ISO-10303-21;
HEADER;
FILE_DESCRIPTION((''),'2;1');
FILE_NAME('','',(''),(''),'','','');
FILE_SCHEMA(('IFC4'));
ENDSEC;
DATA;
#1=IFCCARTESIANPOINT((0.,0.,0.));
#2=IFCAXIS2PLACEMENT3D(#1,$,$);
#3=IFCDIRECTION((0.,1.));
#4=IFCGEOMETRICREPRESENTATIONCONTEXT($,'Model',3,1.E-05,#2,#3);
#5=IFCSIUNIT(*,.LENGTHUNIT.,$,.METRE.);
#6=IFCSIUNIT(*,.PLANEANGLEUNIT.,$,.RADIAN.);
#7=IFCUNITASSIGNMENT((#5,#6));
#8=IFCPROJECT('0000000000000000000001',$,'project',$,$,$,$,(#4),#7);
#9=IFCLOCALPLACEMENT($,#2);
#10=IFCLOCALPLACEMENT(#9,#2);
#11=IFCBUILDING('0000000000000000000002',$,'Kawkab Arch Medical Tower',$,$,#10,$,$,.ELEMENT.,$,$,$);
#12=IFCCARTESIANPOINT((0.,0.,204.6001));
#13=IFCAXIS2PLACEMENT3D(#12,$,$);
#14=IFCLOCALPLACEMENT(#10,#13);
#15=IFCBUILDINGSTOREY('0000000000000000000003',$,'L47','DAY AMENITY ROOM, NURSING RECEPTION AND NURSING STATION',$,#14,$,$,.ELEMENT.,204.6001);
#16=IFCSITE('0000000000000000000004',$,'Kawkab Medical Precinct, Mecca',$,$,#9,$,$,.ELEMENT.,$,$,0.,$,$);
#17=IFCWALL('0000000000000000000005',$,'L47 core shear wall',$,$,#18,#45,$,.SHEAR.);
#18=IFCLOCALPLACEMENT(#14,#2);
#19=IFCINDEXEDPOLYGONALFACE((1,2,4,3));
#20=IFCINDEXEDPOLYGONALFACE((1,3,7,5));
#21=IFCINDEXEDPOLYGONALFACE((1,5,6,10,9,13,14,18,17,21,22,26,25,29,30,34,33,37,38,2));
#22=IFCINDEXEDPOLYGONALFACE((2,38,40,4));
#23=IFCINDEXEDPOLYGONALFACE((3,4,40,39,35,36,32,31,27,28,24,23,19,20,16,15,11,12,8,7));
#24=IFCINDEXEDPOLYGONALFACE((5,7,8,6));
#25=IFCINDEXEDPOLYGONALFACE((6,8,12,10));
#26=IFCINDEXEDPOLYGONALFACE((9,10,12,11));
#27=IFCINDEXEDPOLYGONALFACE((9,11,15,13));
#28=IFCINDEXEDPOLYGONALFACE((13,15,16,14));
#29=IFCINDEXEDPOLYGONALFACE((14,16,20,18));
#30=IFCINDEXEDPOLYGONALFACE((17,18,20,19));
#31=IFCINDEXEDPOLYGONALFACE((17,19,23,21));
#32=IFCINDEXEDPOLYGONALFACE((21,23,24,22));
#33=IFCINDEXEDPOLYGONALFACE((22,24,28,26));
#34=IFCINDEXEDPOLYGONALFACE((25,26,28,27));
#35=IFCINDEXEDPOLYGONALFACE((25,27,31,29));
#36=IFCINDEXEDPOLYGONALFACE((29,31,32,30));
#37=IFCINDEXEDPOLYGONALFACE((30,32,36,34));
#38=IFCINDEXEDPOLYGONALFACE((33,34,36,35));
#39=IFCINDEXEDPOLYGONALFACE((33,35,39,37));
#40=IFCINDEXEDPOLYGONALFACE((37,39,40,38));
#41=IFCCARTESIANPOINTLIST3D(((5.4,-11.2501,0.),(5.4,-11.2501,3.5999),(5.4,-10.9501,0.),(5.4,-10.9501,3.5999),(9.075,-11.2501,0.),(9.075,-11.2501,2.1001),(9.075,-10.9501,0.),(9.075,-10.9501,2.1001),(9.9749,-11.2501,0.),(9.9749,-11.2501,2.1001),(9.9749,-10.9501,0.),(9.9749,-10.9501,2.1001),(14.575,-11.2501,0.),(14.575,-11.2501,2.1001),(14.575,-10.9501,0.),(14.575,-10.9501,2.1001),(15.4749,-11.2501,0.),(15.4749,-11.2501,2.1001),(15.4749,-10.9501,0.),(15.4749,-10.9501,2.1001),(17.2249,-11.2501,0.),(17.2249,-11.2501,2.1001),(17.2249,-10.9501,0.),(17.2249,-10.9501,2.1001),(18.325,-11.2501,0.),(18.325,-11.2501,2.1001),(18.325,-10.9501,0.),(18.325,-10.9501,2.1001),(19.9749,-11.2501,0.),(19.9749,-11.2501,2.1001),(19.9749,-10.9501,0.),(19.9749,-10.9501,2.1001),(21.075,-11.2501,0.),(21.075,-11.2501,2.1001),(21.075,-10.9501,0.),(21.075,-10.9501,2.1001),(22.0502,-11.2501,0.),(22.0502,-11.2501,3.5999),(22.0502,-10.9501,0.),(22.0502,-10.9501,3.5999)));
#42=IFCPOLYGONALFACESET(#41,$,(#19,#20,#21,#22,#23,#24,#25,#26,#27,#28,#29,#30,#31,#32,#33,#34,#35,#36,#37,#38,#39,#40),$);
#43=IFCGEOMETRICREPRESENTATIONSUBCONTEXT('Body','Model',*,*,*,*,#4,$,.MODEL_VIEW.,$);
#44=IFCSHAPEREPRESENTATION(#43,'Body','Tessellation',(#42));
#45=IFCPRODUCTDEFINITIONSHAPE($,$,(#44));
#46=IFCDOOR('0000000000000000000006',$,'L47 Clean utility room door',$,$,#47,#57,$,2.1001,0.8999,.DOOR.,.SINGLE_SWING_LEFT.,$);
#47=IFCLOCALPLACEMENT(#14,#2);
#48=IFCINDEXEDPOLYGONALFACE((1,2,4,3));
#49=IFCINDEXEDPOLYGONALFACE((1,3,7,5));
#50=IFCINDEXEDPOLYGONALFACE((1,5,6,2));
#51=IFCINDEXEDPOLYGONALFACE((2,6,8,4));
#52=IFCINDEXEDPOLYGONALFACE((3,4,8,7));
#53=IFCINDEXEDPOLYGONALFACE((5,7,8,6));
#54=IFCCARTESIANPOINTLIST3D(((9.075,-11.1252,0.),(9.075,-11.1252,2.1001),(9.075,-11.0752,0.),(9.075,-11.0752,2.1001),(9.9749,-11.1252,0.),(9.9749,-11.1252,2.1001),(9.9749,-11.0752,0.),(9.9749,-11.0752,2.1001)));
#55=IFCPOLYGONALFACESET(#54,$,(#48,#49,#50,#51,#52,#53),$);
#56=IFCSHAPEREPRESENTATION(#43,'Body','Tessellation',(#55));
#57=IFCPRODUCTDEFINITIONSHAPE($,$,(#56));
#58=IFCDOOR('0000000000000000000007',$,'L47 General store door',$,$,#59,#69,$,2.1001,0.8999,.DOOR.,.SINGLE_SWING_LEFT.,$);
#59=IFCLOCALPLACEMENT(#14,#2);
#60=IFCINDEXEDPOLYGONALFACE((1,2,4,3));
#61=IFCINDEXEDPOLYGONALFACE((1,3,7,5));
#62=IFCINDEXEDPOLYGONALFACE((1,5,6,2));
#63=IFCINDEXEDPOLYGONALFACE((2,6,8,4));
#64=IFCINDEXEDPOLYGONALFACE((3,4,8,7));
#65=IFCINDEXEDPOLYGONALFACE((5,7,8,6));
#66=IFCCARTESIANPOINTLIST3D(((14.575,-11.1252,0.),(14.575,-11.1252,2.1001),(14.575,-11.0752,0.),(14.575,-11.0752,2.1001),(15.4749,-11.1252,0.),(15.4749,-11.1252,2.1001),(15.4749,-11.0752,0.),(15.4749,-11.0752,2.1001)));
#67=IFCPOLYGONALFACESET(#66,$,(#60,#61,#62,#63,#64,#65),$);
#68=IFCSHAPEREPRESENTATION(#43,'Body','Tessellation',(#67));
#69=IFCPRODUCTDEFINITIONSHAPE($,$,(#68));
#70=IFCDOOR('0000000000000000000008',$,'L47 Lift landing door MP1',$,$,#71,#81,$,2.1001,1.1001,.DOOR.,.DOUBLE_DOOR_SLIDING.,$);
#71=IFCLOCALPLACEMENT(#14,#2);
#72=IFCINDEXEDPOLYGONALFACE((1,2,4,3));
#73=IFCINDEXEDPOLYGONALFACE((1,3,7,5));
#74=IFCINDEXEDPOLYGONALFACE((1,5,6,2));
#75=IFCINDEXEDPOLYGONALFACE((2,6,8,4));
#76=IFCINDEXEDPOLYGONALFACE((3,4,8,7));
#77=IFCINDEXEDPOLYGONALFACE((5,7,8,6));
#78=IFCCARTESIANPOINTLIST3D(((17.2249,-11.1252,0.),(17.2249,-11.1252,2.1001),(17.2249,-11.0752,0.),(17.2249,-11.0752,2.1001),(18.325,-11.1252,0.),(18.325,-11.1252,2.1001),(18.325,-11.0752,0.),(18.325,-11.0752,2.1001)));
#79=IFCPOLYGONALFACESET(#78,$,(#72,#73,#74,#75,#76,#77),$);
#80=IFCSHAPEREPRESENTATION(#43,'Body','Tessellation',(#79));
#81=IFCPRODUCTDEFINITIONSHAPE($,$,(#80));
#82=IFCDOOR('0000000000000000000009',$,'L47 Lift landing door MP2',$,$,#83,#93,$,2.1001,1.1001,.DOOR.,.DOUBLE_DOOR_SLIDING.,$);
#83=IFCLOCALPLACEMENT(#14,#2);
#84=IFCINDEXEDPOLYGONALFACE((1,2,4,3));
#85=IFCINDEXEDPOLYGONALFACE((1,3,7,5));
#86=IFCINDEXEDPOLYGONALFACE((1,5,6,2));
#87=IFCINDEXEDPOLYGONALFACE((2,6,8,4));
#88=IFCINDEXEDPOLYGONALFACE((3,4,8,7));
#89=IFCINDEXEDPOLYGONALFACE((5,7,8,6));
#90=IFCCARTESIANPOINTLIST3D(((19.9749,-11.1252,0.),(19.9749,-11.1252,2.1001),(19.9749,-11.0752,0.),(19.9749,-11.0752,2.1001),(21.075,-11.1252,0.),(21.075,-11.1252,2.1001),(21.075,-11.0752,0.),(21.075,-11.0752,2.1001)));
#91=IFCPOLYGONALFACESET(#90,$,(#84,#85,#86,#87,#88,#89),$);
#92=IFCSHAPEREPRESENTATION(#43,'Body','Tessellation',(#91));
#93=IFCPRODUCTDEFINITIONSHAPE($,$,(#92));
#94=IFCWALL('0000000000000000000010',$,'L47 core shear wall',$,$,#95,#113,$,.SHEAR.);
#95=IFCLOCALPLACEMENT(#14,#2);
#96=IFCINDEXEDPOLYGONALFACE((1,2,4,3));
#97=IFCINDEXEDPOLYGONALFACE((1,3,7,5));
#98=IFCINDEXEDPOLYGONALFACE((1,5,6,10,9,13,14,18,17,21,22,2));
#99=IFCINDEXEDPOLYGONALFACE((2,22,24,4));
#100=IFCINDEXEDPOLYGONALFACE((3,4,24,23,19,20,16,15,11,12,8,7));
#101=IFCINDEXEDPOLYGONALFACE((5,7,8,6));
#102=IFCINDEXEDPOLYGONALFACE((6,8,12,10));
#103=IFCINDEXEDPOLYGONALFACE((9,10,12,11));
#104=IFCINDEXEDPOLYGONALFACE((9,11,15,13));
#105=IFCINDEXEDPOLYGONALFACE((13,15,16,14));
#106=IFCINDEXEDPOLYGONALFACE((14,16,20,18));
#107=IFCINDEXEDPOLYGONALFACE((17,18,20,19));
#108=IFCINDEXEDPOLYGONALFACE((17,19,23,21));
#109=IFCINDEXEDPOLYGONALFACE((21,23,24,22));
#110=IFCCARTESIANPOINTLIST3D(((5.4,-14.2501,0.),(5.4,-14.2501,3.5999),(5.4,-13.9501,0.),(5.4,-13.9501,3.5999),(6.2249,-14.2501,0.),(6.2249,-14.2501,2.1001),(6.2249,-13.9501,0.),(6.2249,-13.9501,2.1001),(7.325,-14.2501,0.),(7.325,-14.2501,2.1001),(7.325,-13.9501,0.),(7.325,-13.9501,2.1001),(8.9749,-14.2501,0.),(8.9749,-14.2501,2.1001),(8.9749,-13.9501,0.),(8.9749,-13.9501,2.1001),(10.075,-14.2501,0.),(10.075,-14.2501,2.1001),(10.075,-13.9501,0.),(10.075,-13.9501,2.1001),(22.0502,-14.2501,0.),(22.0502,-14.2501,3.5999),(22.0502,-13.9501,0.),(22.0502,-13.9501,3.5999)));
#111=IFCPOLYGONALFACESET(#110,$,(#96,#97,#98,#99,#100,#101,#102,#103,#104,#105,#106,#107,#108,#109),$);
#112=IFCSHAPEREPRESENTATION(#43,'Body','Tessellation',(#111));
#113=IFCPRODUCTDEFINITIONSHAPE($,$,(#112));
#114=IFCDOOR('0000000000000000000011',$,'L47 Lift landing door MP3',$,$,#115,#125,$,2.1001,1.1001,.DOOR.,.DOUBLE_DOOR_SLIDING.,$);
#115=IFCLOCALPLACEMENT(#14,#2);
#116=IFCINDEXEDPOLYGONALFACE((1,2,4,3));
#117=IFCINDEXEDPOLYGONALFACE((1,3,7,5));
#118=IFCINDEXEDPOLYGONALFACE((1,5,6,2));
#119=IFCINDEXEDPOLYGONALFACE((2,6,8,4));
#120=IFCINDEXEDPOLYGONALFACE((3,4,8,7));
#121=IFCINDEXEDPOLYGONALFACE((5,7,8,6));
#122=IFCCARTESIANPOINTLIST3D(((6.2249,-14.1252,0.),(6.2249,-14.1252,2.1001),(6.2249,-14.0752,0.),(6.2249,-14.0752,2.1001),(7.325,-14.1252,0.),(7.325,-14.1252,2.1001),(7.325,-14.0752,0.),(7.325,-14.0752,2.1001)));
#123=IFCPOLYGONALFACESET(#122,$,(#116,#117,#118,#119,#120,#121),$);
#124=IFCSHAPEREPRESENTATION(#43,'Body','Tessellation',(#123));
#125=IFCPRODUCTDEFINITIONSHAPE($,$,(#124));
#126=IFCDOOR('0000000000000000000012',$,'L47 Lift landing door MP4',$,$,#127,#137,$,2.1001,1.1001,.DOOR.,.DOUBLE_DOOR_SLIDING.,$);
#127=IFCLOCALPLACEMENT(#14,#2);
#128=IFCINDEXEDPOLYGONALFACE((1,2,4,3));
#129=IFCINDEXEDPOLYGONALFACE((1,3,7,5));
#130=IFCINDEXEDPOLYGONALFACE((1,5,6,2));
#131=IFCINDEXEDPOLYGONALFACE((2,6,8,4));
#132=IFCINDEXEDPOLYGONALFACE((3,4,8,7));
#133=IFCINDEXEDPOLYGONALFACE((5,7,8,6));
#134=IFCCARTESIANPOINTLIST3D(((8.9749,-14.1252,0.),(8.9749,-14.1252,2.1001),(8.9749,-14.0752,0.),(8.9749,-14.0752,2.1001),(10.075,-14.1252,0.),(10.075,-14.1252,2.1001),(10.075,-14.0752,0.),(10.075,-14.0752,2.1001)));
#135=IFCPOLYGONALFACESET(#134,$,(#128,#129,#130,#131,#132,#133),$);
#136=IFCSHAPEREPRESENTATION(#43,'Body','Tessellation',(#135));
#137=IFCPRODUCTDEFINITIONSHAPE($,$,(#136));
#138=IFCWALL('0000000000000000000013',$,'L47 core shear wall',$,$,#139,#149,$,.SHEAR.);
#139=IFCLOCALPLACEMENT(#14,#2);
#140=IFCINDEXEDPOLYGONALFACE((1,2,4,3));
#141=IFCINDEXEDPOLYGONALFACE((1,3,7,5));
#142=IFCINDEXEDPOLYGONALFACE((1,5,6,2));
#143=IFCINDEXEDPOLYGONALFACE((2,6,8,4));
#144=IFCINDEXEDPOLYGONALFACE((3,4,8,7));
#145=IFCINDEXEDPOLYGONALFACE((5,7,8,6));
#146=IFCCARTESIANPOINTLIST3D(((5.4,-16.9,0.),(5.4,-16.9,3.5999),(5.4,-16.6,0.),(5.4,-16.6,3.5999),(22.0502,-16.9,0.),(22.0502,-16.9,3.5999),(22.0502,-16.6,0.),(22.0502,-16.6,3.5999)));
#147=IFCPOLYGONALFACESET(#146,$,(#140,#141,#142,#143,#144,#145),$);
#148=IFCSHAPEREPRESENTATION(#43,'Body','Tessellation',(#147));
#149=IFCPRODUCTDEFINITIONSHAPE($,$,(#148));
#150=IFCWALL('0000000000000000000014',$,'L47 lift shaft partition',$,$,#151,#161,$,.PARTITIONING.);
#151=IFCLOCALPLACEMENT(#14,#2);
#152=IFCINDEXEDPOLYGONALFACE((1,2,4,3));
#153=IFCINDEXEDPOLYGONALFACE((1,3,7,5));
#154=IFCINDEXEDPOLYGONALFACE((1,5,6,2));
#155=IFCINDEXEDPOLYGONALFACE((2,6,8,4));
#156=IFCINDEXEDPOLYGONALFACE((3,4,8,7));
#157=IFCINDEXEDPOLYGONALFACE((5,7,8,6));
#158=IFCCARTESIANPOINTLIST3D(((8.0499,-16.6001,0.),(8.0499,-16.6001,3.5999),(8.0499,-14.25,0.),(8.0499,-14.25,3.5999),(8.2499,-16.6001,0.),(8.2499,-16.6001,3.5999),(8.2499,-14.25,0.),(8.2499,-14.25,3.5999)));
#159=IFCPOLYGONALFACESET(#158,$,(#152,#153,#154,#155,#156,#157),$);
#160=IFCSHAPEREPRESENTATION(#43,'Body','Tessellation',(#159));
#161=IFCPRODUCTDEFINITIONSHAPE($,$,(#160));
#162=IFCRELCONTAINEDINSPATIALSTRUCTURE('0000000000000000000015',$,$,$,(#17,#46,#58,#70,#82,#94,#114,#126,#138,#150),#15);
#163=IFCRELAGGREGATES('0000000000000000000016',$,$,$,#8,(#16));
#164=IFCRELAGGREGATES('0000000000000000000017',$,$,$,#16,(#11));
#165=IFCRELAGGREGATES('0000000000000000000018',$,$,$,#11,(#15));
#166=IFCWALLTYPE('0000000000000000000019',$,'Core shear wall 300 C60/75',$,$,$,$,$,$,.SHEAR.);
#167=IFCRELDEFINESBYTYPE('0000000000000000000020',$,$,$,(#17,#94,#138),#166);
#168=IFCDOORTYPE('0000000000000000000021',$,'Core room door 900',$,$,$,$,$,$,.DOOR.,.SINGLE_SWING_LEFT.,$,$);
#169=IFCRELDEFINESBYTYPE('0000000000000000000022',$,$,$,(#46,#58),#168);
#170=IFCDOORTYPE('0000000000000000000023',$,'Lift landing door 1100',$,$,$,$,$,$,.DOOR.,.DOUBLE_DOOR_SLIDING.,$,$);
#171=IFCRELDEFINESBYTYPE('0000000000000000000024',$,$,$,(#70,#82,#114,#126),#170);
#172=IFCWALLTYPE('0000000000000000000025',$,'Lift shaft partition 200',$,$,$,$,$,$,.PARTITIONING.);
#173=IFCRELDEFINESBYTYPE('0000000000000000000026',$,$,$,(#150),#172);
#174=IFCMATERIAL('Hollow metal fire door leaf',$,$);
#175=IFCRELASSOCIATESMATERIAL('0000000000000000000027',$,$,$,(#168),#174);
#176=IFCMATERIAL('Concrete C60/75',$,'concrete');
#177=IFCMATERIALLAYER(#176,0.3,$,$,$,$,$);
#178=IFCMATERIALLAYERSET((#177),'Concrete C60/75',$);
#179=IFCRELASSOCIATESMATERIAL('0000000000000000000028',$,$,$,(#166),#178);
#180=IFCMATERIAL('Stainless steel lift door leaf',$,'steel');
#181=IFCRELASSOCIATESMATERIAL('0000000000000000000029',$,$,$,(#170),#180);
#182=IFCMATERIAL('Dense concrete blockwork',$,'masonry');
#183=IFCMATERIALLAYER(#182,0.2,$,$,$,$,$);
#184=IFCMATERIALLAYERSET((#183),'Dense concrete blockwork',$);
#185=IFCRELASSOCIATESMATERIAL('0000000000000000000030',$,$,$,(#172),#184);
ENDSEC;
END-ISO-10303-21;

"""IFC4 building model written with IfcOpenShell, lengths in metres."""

from ifc_helpers import new_model, si_unit, direction, frame, frame_2d, origin, place, context, subcontext, project, spatial, rectangle, extrude, material, layer, layer_set, type_object, element, fill, save


model = new_model("IFC4")

# Units and contexts
model_context = context("Model", 3, precision=1e-05, world=origin(), true_north=direction((0.0, 1.0)))
body_context = subcontext(model_context, "Body", "Model", "MODEL_VIEW")
ifc_project = project(units=[si_unit("LENGTHUNIT", "METRE"), si_unit("PLANEANGLEUNIT", "RADIAN")], contexts=[model_context])

# Site, building, storey
site_placement = place(None, origin())
site = spatial("IfcSite", under=ifc_project, at=site_placement, Name="Kawkab Medical Precinct, Mecca", CompositionType="ELEMENT", RefElevation=0.0)
building_placement = place(site_placement, origin())
building = spatial("IfcBuilding", under=site, at=building_placement, Name="Kawkab Arch Medical Tower", CompositionType="ELEMENT")
storey_placement = place(building_placement, frame((0.0, 0.0, 204.6001)))
storey = spatial("IfcBuildingStorey", under=building, at=storey_placement, Name="L47", Description="DAY AMENITY ROOM, NURSING RECEPTION AND NURSING STATION", CompositionType="ELEMENT", Elevation=204.6001)

# Shared definitions
ifc_material_1 = material(Name="Hollow metal fire door leaf")
door_type_1 = type_object("IfcDoorType", Name="Core room door 900", OperationType="SINGLE_SWING_LEFT", PredefinedType="DOOR", material=ifc_material_1)

# Shared definitions
ifc_material_2 = material(Name="Concrete C60/75", Category="concrete")
ifc_layer_1 = layer(ifc_material_2, 0.3)
ifc_layer_set_1 = layer_set([ifc_layer_1], Name="Concrete C60/75")
wall_type_1 = type_object("IfcWallType", Name="Core shear wall 300 C60/75", PredefinedType="SHEAR", material=ifc_layer_set_1)

# Walls, openings, doors
wall_1_placement = place(storey_placement, frame((5.3999, -11.1001, 0.0), z_axis=(0.0, 0.0, 1.0), x_axis=(1.0, 0.0, 0.0)))
wall_1 = element("IfcWall", 1, at=wall_1_placement, inside=storey, type_object=wall_type_1, Name="L47 core shear wall", PredefinedType="SHEAR", context=body_context, shape_type="SweptSolid", body=[
    extrude(rectangle(XDim=16.6501, YDim=0.3, at=frame_2d((8.3252, 0.0))), origin(), (0.0, 0.0, 1.0), 3.5999),
])
opening_1_placement = place(wall_1_placement, frame((11.825, 0.0, 0.0)))
opening_1 = element("IfcOpeningElement", 2, at=opening_1_placement, cuts=wall_1, PredefinedType="OPENING", context=body_context, shape_type="SweptSolid", body=[
    extrude(rectangle(XDim=1.1001, YDim=2.1001, at=frame_2d((0.55, 1.05))), frame((0.0, 0.1599, 0.0), z_axis=(0.0, -1.0, 0.0), x_axis=(1.0, 0.0, 0.0)), (0.0, 0.0, 1.0), 0.3201),
])
opening_2_placement = place(wall_1_placement, frame((14.575, 0.0, 0.0)))
opening_2 = element("IfcOpeningElement", 3, at=opening_2_placement, cuts=wall_1, PredefinedType="OPENING", context=body_context, shape_type="SweptSolid", body=[
    extrude(rectangle(XDim=1.1001, YDim=2.1001, at=frame_2d((0.55, 1.05))), frame((0.0, 0.1599, 0.0), z_axis=(0.0, -1.0, 0.0), x_axis=(1.0, 0.0, 0.0)), (0.0, 0.0, 1.0), 0.3201),
])
opening_3_placement = place(wall_1_placement, frame((3.675, 0.0, 0.0)))
opening_3 = element("IfcOpeningElement", 4, at=opening_3_placement, cuts=wall_1, PredefinedType="OPENING", context=body_context, shape_type="SweptSolid", body=[
    extrude(rectangle(XDim=0.8999, YDim=2.1001, at=frame_2d((0.45, 1.05))), frame((0.0, 0.1599, 0.0), z_axis=(0.0, -1.0, 0.0), x_axis=(1.0, 0.0, 0.0)), (0.0, 0.0, 1.0), 0.3201),
])
opening_4_placement = place(wall_1_placement, frame((9.175, 0.0, 0.0)))
opening_4 = element("IfcOpeningElement", 5, at=opening_4_placement, cuts=wall_1, PredefinedType="OPENING", context=body_context, shape_type="SweptSolid", body=[
    extrude(rectangle(XDim=0.8999, YDim=2.1001, at=frame_2d((0.45, 1.05))), frame((0.0, 0.1599, 0.0), z_axis=(0.0, -1.0, 0.0), x_axis=(1.0, 0.0, 0.0)), (0.0, 0.0, 1.0), 0.3201),
])
door_1_placement = place(opening_3_placement, origin())
door_1 = element("IfcDoor", 6, at=door_1_placement, inside=storey, type_object=door_type_1, Name="L47 Clean utility room door", OperationType="SINGLE_SWING_LEFT", OverallHeight=2.1001, OverallWidth=0.8999, PredefinedType="DOOR", context=body_context, shape_type="SweptSolid", body=[
    extrude(rectangle(XDim=0.8999, YDim=2.1001, at=frame_2d((0.45, 1.05))), frame((0.0, 0.0249, 0.0), z_axis=(0.0, -1.0, 0.0), x_axis=(1.0, 0.0, 0.0)), (0.0, 0.0, 1.0), 0.05),
])
fill(opening_3, door_1)
door_2_placement = place(opening_4_placement, origin())
door_2 = element("IfcDoor", 7, at=door_2_placement, inside=storey, type_object=door_type_1, Name="L47 General store door", OperationType="SINGLE_SWING_LEFT", OverallHeight=2.1001, OverallWidth=0.8999, PredefinedType="DOOR", context=body_context, shape_type="SweptSolid", body=[
    extrude(rectangle(XDim=0.8999, YDim=2.1001, at=frame_2d((0.45, 1.05))), frame((0.0, 0.0249, 0.0), z_axis=(0.0, -1.0, 0.0), x_axis=(1.0, 0.0, 0.0)), (0.0, 0.0, 1.0), 0.05),
])
fill(opening_4, door_2)
ifc_material_3 = material(Name="Stainless steel lift door leaf", Category="steel")
door_type_2 = type_object("IfcDoorType", Name="Lift landing door 1100", OperationType="DOUBLE_DOOR_SLIDING", PredefinedType="DOOR", material=ifc_material_3)
door_3_placement = place(opening_1_placement, origin())
door_3 = element("IfcDoor", 8, at=door_3_placement, inside=storey, type_object=door_type_2, Name="L47 Lift landing door MP1", OperationType="DOUBLE_DOOR_SLIDING", OverallHeight=2.1001, OverallWidth=1.1001, PredefinedType="DOOR", context=body_context, shape_type="SweptSolid", body=[
    extrude(rectangle(XDim=1.1001, YDim=2.1001, at=frame_2d((0.55, 1.05))), frame((0.0, 0.0249, 0.0), z_axis=(0.0, -1.0, 0.0), x_axis=(1.0, 0.0, 0.0)), (0.0, 0.0, 1.0), 0.05),
])
fill(opening_1, door_3)
door_4_placement = place(opening_2_placement, origin())
door_4 = element("IfcDoor", 9, at=door_4_placement, inside=storey, type_object=door_type_2, Name="L47 Lift landing door MP2", OperationType="DOUBLE_DOOR_SLIDING", OverallHeight=2.1001, OverallWidth=1.1001, PredefinedType="DOOR", context=body_context, shape_type="SweptSolid", body=[
    extrude(rectangle(XDim=1.1001, YDim=2.1001, at=frame_2d((0.55, 1.05))), frame((0.0, 0.0249, 0.0), z_axis=(0.0, -1.0, 0.0), x_axis=(1.0, 0.0, 0.0)), (0.0, 0.0, 1.0), 0.05),
])
fill(opening_2, door_4)
wall_2_placement = place(storey_placement, frame((5.3999, -14.1001, 0.0), z_axis=(0.0, 0.0, 1.0), x_axis=(1.0, 0.0, 0.0)))
wall_2 = element("IfcWall", 10, at=wall_2_placement, inside=storey, type_object=wall_type_1, Name="L47 core shear wall", PredefinedType="SHEAR", context=body_context, shape_type="SweptSolid", body=[
    extrude(rectangle(XDim=16.6501, YDim=0.3, at=frame_2d((8.3252, 0.0))), origin(), (0.0, 0.0, 1.0), 3.5999),
])
opening_5_placement = place(wall_2_placement, frame((0.825, 0.0, 0.0)))
opening_5 = element("IfcOpeningElement", 11, at=opening_5_placement, cuts=wall_2, PredefinedType="OPENING", context=body_context, shape_type="SweptSolid", body=[
    extrude(rectangle(XDim=1.1001, YDim=2.1001, at=frame_2d((0.55, 1.05))), frame((0.0, 0.1599, 0.0), z_axis=(0.0, -1.0, 0.0), x_axis=(1.0, 0.0, 0.0)), (0.0, 0.0, 1.0), 0.3201),
])
opening_6_placement = place(wall_2_placement, frame((3.575, 0.0, 0.0)))
opening_6 = element("IfcOpeningElement", 12, at=opening_6_placement, cuts=wall_2, PredefinedType="OPENING", context=body_context, shape_type="SweptSolid", body=[
    extrude(rectangle(XDim=1.1001, YDim=2.1001, at=frame_2d((0.55, 1.05))), frame((0.0, 0.1599, 0.0), z_axis=(0.0, -1.0, 0.0), x_axis=(1.0, 0.0, 0.0)), (0.0, 0.0, 1.0), 0.3201),
])
door_5_placement = place(opening_5_placement, origin())
door_5 = element("IfcDoor", 13, at=door_5_placement, inside=storey, type_object=door_type_2, Name="L47 Lift landing door MP3", OperationType="DOUBLE_DOOR_SLIDING", OverallHeight=2.1001, OverallWidth=1.1001, PredefinedType="DOOR", context=body_context, shape_type="SweptSolid", body=[
    extrude(rectangle(XDim=1.1001, YDim=2.1001, at=frame_2d((0.55, 1.05))), frame((0.0, 0.0249, 0.0), z_axis=(0.0, -1.0, 0.0), x_axis=(1.0, 0.0, 0.0)), (0.0, 0.0, 1.0), 0.05),
])
fill(opening_5, door_5)
door_6_placement = place(opening_6_placement, origin())
door_6 = element("IfcDoor", 14, at=door_6_placement, inside=storey, type_object=door_type_2, Name="L47 Lift landing door MP4", OperationType="DOUBLE_DOOR_SLIDING", OverallHeight=2.1001, OverallWidth=1.1001, PredefinedType="DOOR", context=body_context, shape_type="SweptSolid", body=[
    extrude(rectangle(XDim=1.1001, YDim=2.1001, at=frame_2d((0.55, 1.05))), frame((0.0, 0.0249, 0.0), z_axis=(0.0, -1.0, 0.0), x_axis=(1.0, 0.0, 0.0)), (0.0, 0.0, 1.0), 0.05),
])
fill(opening_6, door_6)

# Walls
wall_3_placement = place(storey_placement, frame((5.3999, -16.75, 0.0), z_axis=(0.0, 0.0, 1.0), x_axis=(1.0, 0.0, 0.0)))
element("IfcWall", 15, at=wall_3_placement, inside=storey, type_object=wall_type_1, Name="L47 core shear wall", PredefinedType="SHEAR", context=body_context, shape_type="SweptSolid", body=[
    extrude(rectangle(XDim=16.6501, YDim=0.3, at=frame_2d((8.3252, 0.0))), origin(), (0.0, 0.0, 1.0), 3.5999),
])
ifc_material_4 = material(Name="Dense concrete blockwork", Category="masonry")
ifc_layer_2 = layer(ifc_material_4, 0.2)
ifc_layer_set_2 = layer_set([ifc_layer_2], Name="Dense concrete blockwork")
wall_type_2 = type_object("IfcWallType", Name="Lift shaft partition 200", PredefinedType="PARTITIONING", material=ifc_layer_set_2)
wall_4_placement = place(storey_placement, frame((8.1499, -16.6001, 0.0), z_axis=(0.0, 0.0, 1.0), x_axis=(0.0, 1.0, 0.0)))
element("IfcWall", 16, at=wall_4_placement, inside=storey, type_object=wall_type_2, Name="L47 lift shaft partition", PredefinedType="PARTITIONING", context=body_context, shape_type="SweptSolid", body=[
    extrude(rectangle(XDim=2.3501, YDim=0.2, at=frame_2d((1.175, 0.0))), origin(), (0.0, 0.0, 1.0), 3.5999),
])

save(model, "model.ifc")
